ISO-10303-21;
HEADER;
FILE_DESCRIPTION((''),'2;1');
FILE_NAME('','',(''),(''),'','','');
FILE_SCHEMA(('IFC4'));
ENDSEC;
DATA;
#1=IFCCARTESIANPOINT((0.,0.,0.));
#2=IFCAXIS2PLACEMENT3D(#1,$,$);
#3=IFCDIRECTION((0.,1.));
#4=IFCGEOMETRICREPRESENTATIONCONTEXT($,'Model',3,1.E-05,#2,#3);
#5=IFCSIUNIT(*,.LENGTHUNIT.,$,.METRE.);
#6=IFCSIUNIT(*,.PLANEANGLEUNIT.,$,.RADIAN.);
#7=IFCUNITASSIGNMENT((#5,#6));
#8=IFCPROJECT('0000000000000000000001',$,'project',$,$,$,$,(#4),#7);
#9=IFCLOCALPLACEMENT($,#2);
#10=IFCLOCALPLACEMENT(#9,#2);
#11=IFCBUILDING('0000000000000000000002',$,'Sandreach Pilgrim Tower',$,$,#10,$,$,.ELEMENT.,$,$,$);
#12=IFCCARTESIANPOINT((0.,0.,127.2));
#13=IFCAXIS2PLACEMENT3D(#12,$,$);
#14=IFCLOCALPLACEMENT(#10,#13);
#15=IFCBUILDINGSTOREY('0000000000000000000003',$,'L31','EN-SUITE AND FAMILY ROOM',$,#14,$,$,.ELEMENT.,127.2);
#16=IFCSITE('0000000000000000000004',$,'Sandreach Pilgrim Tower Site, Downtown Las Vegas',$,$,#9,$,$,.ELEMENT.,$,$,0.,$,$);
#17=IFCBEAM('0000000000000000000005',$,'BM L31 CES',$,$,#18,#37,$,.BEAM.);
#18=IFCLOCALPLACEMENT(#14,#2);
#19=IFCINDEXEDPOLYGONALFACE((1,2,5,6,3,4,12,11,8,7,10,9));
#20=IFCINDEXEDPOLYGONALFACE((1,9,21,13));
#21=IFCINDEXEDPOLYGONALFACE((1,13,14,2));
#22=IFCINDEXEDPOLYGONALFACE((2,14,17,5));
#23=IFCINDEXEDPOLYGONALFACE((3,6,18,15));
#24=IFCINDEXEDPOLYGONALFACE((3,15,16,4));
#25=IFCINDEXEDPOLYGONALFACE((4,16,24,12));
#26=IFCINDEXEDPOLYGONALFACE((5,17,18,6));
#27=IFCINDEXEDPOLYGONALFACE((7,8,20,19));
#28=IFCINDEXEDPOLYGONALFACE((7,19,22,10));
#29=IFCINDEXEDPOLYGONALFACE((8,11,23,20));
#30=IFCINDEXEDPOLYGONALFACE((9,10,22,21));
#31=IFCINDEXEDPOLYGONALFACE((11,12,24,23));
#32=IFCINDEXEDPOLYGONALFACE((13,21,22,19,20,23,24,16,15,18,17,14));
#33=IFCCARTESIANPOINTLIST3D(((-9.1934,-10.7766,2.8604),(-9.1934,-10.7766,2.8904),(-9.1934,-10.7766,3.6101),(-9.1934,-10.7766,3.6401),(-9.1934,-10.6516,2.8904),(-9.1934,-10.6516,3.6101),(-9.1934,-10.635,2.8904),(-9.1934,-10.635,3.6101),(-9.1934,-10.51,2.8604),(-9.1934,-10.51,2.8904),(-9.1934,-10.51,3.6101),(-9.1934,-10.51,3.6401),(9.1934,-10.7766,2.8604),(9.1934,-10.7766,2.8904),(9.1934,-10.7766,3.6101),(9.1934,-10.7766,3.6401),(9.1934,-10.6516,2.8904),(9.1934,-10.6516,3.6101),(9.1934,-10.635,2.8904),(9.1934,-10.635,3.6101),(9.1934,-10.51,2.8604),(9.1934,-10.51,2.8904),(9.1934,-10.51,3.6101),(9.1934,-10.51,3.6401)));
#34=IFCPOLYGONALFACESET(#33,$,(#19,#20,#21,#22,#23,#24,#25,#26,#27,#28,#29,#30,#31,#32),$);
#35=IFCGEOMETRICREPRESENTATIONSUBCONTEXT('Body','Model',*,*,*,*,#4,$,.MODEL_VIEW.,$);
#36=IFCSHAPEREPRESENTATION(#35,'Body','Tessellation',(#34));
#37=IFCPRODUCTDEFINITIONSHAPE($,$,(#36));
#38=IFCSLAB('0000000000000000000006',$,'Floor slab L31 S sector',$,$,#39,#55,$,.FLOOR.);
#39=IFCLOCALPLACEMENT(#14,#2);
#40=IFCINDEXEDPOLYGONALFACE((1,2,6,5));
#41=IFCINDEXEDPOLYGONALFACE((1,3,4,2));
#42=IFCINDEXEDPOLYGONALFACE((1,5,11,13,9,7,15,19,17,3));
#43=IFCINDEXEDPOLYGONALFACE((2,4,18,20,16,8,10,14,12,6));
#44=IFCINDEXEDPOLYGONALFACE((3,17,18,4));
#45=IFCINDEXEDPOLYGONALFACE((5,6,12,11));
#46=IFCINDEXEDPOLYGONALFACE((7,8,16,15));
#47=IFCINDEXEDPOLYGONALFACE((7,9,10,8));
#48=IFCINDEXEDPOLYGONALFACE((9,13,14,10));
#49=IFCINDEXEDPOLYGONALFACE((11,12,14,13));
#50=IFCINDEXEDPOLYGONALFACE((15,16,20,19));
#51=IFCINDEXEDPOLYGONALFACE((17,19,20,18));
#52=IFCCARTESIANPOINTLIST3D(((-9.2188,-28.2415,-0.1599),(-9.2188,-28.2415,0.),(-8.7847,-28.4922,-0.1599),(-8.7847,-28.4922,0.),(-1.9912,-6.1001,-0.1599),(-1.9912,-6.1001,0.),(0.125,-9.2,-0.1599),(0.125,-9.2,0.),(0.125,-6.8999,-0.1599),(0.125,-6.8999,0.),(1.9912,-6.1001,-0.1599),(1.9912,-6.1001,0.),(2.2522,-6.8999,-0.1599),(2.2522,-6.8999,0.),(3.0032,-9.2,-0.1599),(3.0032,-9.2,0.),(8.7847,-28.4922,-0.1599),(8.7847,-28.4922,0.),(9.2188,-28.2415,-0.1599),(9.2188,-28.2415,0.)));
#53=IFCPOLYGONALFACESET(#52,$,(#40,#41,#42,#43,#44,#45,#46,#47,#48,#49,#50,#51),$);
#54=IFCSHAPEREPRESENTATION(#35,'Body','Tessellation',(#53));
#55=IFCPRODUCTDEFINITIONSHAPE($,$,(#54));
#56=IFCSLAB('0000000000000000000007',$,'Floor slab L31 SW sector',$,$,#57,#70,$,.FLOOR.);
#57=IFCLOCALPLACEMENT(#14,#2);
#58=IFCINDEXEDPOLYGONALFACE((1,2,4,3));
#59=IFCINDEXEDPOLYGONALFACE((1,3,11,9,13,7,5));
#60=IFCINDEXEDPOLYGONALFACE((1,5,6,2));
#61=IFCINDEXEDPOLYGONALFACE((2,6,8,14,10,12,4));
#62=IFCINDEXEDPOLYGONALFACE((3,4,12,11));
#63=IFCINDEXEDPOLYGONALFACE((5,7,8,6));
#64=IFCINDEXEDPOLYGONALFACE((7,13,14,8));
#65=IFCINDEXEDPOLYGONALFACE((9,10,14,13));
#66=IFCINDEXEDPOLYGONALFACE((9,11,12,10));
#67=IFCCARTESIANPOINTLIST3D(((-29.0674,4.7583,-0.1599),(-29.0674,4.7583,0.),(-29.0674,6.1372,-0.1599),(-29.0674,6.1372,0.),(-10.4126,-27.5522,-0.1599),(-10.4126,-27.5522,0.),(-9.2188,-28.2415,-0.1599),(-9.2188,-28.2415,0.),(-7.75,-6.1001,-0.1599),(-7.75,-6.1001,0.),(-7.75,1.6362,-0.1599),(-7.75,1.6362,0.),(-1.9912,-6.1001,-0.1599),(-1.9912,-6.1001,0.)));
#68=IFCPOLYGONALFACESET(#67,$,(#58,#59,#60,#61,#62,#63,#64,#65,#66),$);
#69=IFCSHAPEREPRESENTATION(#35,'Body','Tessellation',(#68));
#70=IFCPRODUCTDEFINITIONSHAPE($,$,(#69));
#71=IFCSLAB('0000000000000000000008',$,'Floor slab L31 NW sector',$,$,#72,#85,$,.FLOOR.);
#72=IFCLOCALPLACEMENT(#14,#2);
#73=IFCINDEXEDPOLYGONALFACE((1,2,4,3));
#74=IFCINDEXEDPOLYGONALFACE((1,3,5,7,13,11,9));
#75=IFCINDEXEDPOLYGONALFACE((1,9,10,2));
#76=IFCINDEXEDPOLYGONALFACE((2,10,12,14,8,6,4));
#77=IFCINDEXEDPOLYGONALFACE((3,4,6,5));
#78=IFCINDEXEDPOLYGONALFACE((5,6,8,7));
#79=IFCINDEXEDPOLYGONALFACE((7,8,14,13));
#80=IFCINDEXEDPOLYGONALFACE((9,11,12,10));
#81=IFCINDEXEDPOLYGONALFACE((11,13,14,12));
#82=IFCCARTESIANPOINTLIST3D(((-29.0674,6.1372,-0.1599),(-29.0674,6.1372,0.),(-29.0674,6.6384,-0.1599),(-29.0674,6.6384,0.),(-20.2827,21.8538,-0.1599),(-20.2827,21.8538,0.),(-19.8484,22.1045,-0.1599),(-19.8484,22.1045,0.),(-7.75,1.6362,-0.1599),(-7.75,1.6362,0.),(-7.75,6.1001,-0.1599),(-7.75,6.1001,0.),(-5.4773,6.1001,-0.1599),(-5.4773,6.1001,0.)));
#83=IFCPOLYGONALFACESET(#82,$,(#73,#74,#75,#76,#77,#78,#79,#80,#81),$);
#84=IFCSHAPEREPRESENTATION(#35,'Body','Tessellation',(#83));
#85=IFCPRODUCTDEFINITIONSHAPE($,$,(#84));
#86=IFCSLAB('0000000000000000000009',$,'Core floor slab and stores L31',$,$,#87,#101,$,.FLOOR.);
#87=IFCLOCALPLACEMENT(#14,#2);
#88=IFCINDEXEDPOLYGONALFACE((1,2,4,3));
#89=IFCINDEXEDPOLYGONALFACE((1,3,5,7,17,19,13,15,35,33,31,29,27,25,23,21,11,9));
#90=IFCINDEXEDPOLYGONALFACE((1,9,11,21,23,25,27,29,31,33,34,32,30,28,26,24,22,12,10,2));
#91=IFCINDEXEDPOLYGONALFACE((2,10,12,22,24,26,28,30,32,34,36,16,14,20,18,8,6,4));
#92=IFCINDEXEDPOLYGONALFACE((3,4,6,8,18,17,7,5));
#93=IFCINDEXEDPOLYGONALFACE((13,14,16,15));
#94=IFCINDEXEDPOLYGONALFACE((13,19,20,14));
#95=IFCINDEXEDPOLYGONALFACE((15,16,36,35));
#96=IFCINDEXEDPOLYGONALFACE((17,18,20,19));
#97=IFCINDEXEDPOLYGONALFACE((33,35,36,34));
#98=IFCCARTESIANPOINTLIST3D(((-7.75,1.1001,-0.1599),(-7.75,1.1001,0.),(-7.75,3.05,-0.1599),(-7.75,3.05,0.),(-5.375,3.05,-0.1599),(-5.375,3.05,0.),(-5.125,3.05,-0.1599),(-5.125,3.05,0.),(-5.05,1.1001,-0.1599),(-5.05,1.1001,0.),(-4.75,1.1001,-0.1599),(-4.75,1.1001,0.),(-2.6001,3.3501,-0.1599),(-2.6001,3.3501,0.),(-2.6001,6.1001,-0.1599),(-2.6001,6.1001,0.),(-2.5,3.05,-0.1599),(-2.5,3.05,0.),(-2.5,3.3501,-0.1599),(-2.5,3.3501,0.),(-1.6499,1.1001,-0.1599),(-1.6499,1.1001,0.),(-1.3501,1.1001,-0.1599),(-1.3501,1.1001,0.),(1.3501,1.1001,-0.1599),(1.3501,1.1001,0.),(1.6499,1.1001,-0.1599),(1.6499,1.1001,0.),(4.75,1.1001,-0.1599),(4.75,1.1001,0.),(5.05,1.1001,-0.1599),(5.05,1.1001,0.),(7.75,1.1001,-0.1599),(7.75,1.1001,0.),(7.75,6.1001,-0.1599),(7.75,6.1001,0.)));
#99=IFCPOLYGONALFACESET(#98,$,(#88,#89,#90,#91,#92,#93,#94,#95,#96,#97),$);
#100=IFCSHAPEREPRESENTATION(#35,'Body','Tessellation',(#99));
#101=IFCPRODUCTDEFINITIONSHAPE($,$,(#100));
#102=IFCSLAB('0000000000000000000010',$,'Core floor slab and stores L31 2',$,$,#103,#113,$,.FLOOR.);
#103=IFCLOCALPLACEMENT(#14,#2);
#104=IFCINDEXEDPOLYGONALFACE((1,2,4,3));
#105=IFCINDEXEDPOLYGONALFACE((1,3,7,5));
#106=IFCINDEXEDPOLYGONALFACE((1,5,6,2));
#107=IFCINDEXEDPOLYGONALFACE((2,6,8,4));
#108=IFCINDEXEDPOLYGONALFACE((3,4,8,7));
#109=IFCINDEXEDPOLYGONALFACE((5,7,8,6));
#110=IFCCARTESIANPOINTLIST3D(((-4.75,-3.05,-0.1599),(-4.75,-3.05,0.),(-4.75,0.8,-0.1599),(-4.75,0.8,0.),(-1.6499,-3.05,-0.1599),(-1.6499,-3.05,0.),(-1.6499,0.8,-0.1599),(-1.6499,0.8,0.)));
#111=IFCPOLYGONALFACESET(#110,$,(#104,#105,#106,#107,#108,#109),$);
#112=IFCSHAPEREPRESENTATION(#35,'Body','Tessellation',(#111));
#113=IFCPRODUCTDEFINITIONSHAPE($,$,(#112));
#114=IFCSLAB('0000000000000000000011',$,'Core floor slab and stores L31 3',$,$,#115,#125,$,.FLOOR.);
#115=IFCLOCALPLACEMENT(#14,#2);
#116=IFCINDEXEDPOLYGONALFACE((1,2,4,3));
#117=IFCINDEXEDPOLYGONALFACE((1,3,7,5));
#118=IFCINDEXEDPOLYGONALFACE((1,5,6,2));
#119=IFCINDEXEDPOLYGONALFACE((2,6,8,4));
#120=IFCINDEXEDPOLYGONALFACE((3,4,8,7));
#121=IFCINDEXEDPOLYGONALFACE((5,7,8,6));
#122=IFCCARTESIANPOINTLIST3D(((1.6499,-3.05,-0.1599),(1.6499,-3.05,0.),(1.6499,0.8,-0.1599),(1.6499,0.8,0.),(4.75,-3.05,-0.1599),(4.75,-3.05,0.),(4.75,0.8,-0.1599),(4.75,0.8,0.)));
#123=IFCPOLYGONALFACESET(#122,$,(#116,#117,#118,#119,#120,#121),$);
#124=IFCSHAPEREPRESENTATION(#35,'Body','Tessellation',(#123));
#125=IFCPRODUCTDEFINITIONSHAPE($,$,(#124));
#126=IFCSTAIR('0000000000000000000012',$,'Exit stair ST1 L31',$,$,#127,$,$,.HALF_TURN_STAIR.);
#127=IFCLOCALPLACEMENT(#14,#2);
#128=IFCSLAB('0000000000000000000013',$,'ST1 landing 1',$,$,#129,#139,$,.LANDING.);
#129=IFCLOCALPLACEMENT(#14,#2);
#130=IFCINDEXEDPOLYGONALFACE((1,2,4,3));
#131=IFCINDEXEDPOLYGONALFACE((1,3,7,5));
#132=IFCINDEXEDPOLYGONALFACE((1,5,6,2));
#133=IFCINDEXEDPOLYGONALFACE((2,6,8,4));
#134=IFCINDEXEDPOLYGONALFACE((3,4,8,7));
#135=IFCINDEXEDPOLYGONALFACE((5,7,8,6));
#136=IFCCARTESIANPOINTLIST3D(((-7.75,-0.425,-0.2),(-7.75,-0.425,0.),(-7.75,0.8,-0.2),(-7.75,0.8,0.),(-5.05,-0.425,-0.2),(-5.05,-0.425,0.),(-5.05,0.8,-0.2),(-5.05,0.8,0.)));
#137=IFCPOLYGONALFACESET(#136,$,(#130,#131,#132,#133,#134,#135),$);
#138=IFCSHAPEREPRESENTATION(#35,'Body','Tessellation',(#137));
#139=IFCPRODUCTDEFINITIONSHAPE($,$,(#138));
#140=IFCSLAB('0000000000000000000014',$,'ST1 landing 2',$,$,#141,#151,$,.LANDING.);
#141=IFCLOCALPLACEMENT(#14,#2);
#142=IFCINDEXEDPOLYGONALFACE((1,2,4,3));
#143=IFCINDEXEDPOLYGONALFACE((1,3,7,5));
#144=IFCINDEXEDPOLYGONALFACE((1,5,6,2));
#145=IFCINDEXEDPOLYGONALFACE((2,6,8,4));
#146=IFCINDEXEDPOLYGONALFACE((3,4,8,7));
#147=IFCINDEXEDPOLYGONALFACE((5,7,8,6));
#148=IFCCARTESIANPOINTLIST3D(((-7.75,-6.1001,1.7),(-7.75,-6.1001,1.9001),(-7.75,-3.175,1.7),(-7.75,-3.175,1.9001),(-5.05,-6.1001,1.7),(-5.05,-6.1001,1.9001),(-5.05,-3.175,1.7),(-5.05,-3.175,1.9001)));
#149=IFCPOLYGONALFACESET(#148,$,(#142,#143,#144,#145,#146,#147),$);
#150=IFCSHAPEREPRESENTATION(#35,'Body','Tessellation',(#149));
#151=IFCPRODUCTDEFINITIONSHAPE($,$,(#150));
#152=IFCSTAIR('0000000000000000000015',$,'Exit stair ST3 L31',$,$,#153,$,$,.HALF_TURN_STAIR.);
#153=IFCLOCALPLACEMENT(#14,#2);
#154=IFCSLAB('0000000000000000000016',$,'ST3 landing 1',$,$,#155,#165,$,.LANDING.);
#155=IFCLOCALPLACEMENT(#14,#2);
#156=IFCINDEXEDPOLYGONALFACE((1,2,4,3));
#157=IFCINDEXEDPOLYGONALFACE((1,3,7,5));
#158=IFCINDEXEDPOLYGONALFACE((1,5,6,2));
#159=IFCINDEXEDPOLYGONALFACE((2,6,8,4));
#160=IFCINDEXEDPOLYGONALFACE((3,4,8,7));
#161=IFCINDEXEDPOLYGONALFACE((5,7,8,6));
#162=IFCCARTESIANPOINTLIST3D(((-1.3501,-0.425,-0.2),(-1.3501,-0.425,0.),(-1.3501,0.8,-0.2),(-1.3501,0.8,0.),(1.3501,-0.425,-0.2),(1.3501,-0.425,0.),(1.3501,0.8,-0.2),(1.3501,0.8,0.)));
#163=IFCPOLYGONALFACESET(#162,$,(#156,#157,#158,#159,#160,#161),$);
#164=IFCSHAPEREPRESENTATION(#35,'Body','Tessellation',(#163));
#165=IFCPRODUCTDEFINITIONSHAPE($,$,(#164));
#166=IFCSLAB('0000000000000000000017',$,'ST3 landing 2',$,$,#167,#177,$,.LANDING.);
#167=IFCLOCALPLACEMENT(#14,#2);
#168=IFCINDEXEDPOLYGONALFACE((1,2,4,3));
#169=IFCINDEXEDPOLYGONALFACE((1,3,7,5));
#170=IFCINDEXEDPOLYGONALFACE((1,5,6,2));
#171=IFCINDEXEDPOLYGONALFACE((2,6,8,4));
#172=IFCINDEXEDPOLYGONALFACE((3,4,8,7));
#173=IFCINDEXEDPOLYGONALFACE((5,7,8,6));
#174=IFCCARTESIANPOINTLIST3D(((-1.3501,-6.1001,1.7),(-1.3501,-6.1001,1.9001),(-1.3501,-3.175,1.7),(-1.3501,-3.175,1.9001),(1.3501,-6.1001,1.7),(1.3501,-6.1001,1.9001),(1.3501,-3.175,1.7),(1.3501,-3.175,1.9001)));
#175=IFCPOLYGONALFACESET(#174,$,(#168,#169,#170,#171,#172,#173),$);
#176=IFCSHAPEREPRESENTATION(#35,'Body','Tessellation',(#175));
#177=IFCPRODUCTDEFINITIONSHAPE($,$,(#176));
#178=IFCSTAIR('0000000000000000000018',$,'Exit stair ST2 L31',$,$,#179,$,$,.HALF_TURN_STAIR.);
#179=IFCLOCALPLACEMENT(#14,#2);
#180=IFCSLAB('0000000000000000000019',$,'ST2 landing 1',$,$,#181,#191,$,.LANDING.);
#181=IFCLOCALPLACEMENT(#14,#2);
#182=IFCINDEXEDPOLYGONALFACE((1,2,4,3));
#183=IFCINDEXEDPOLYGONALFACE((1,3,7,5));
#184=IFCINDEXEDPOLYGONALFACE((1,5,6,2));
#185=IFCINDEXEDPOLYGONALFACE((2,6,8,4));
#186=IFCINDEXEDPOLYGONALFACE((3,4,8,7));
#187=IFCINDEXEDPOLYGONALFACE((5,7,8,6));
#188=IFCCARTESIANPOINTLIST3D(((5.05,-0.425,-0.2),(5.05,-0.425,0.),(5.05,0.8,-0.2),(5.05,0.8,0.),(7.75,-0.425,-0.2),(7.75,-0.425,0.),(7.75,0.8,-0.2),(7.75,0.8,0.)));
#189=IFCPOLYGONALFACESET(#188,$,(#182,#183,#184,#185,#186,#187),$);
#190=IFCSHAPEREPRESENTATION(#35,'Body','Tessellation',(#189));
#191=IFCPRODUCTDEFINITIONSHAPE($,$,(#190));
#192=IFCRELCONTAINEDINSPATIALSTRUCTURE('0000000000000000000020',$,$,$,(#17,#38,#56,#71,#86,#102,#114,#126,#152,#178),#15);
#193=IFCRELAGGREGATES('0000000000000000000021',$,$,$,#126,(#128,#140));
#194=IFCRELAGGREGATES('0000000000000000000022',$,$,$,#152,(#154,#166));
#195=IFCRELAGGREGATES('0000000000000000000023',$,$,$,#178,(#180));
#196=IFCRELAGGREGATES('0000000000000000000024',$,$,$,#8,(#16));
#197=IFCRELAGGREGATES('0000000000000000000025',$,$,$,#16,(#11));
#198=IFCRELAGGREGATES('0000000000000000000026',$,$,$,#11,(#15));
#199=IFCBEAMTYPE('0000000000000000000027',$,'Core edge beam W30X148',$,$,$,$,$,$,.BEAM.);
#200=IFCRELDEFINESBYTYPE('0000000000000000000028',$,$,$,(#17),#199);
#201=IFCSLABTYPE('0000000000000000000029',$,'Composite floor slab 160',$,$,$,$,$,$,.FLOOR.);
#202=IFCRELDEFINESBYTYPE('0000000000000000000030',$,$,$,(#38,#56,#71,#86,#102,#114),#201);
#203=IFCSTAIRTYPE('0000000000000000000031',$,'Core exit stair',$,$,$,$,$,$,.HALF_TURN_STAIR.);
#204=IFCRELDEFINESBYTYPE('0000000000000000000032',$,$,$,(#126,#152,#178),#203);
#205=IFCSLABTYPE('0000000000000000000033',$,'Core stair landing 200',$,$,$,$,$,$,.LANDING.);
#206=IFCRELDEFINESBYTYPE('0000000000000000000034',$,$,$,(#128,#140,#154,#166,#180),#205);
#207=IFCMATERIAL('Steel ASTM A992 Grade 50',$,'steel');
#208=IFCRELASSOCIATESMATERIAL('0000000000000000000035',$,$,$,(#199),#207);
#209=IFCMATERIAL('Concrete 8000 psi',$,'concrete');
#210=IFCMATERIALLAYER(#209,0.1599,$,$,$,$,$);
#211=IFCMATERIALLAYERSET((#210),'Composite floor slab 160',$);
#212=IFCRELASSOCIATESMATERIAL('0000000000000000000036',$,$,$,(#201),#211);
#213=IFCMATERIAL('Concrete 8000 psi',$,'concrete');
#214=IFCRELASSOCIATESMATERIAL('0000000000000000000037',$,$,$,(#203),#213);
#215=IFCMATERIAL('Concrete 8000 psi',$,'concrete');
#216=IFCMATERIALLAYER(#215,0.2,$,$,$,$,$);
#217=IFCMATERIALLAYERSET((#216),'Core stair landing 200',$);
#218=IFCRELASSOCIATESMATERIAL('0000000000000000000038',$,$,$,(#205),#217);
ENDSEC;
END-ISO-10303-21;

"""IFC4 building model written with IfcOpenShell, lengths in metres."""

from ifc_helpers import new_model, si_unit, direction, frame, origin, origin_2d, place, context, subcontext, project, spatial, polyline, i_section, outline, extrude, material, layer, layer_set, material_profile, profile_set, type_object, element, aggregate, save


model = new_model("IFC4")

# Units and contexts
model_context = context("Model", 3, precision=1e-05, world=origin(), true_north=direction((0.0, 1.0)))
body_context = subcontext(model_context, "Body", "Model", "MODEL_VIEW")
ifc_project = project(units=[si_unit("LENGTHUNIT", "METRE"), si_unit("PLANEANGLEUNIT", "RADIAN")], contexts=[model_context])

# Site, building, storey
site_placement = place(None, origin())
site = spatial("IfcSite", under=ifc_project, at=site_placement, Name="Sandreach Pilgrim Tower Site, Downtown Las Vegas", CompositionType="ELEMENT", RefElevation=0.0)
building_placement = place(site_placement, origin())
building = spatial("IfcBuilding", under=site, at=building_placement, Name="Sandreach Pilgrim Tower", CompositionType="ELEMENT")
storey_placement = place(building_placement, frame((0.0, 0.0, 127.2)))
storey = spatial("IfcBuildingStorey", under=building, at=storey_placement, Name="L31", Description="EN-SUITE AND FAMILY ROOM", CompositionType="ELEMENT", Elevation=127.2)

# Beam
ifc_material_1 = material(Name="Steel ASTM A992 Grade 50", Category="steel")
ifc_material_profile = material_profile(ifc_material_1, i_section(OverallWidth=0.2666, OverallDepth=0.7798, WebThickness=0.0166, FlangeThickness=0.03, at=origin_2d()), Name="W30X148")
ifc_profile_set = profile_set([ifc_material_profile], Name="Steel ASTM A992 Grade 50")
beam_type = type_object("IfcBeamType", Name="Core edge beam W30X148", PredefinedType="BEAM", material=ifc_profile_set)
beam_placement = place(storey_placement, frame((9.1934, -10.6433, 3.2502), z_axis=(-1.0, 0.0, 0.0), x_axis=(0.0, -1.0, 0.0)))
element("IfcBeam", 1, at=beam_placement, inside=storey, type_object=beam_type, Name="BM L31 CES", PredefinedType="BEAM", context=body_context, shape_type="SweptSolid", body=[
    extrude(i_section(OverallWidth=0.2666, OverallDepth=0.7798, WebThickness=0.0166, FlangeThickness=0.03, at=origin_2d()), origin(), (0.0, 0.0, 1.0), 18.3867),
])

# Slabs
ifc_material_2 = material(Name="Concrete 8000 psi", Category="concrete")
ifc_layer_1 = layer(ifc_material_2, 0.1599)
ifc_layer_set_1 = layer_set([ifc_layer_1], Name="Composite floor slab 160")
slab_type_1 = type_object("IfcSlabType", Name="Composite floor slab 160", PredefinedType="FLOOR", material=ifc_layer_set_1)
slab_1_placement = place(storey_placement, frame((0.0, 0.0, -0.1599)))
element("IfcSlab", 2, at=slab_1_placement, inside=storey, type_object=slab_type_1, Name="Floor slab L31 S sector", PredefinedType="FLOOR", context=body_context, shape_type="SweptSolid", body=[
    extrude(outline(polyline([(8.7847, -28.4922), (-8.7847, -28.4922), (-9.2188, -28.2415), (-1.9912, -6.1001), (1.9912, -6.1001), (2.2522, -6.8999), (0.125, -6.8999), (0.125, -9.2), (3.0032, -9.2), (9.2188, -28.2415), (8.7847, -28.4922)])), origin(), (0.0, 0.0, 1.0), 0.1599),
])
slab_2_placement = place(storey_placement, frame((0.0, 0.0, -0.1599)))
element("IfcSlab", 3, at=slab_2_placement, inside=storey, type_object=slab_type_1, Name="Floor slab L31 SW sector", PredefinedType="FLOOR", context=body_context, shape_type="SweptSolid", body=[
    extrude(outline(polyline([(-10.4126, -27.5522), (-29.0674, 4.7583), (-29.0674, 6.1372), (-7.75, 1.6362), (-7.75, -6.1001), (-1.9912, -6.1001), (-9.2188, -28.2415), (-10.4126, -27.5522)])), origin(), (0.0, 0.0, 1.0), 0.1599),
])
slab_3_placement = place(storey_placement, frame((0.0, 0.0, -0.1599)))
element("IfcSlab", 4, at=slab_3_placement, inside=storey, type_object=slab_type_1, Name="Floor slab L31 NW sector", PredefinedType="FLOOR", context=body_context, shape_type="SweptSolid", body=[
    extrude(outline(polyline([(-29.0674, 6.6384), (-20.2827, 21.8538), (-19.8484, 22.1045), (-5.4773, 6.1001), (-7.75, 6.1001), (-7.75, 1.6362), (-29.0674, 6.1372), (-29.0674, 6.6384)])), origin(), (0.0, 0.0, 1.0), 0.1599),
])
slab_4_placement = place(storey_placement, frame((0.0, 0.0, -0.1599)))
element("IfcSlab", 5, at=slab_4_placement, inside=storey, type_object=slab_type_1, Name="Core floor slab and stores L31", PredefinedType="FLOOR", context=body_context, shape_type="SweptSolid", body=[
    extrude(outline(polyline([(-7.75, 3.05), (-5.375, 3.05), (-5.125, 3.05), (-2.5, 3.05), (-2.5, 3.3501), (-2.6001, 3.3501), (-2.6001, 6.1001), (7.75, 6.1001), (7.75, 1.1001), (5.05, 1.1001), (4.75, 1.1001), (1.6499, 1.1001), (1.3501, 1.1001), (-1.3501, 1.1001), (-1.6499, 1.1001), (-4.75, 1.1001), (-5.05, 1.1001), (-7.75, 1.1001), (-7.75, 3.05)])), origin(), (0.0, 0.0, 1.0), 0.1599),
])
slab_5_placement = place(storey_placement, frame((0.0, 0.0, -0.1599)))
element("IfcSlab", 6, at=slab_5_placement, inside=storey, type_object=slab_type_1, Name="Core floor slab and stores L31 2", PredefinedType="FLOOR", context=body_context, shape_type="SweptSolid", body=[
    extrude(outline(polyline([(-1.6499, -3.05), (-4.75, -3.05), (-4.75, 0.8), (-1.6499, 0.8), (-1.6499, -3.05)])), origin(), (0.0, 0.0, 1.0), 0.1599),
])
slab_6_placement = place(storey_placement, frame((0.0, 0.0, -0.1599)))
element("IfcSlab", 7, at=slab_6_placement, inside=storey, type_object=slab_type_1, Name="Core floor slab and stores L31 3", PredefinedType="FLOOR", context=body_context, shape_type="SweptSolid", body=[
    extrude(outline(polyline([(4.75, -3.05), (1.6499, -3.05), (1.6499, 0.8), (4.75, 0.8), (4.75, -3.05)])), origin(), (0.0, 0.0, 1.0), 0.1599),
])

# Stairs, slabs
ifc_material_3 = material(Name="Concrete 8000 psi", Category="concrete")
stair_type = type_object("IfcStairType", Name="Core exit stair", PredefinedType="HALF_TURN_STAIR", material=ifc_material_3)
stair_1_placement = place(storey_placement, origin())
stair_1 = element("IfcStair", 8, at=stair_1_placement, inside=storey, type_object=stair_type, Name="Exit stair ST1 L31", PredefinedType="HALF_TURN_STAIR")
ifc_material_4 = material(Name="Concrete 8000 psi", Category="concrete")
ifc_layer_2 = layer(ifc_material_4, 0.2)
ifc_layer_set_2 = layer_set([ifc_layer_2], Name="Core stair landing 200")
slab_type_2 = type_object("IfcSlabType", Name="Core stair landing 200", PredefinedType="LANDING", material=ifc_layer_set_2)
slab_7_placement = place(storey_placement, frame((0.0, 0.0, -0.2)))
slab_7 = element("IfcSlab", 9, at=slab_7_placement, type_object=slab_type_2, Name="ST1 landing 1", PredefinedType="LANDING", context=body_context, shape_type="SweptSolid", body=[
    extrude(outline(polyline([(-7.75, -0.425), (-5.05, -0.425), (-5.05, 0.8), (-7.75, 0.8), (-7.75, -0.425)])), origin(), (0.0, 0.0, 1.0), 0.2),
])
slab_8_placement = place(storey_placement, frame((0.0, 0.0, 1.7)))
slab_8 = element("IfcSlab", 10, at=slab_8_placement, type_object=slab_type_2, Name="ST1 landing 2", PredefinedType="LANDING", context=body_context, shape_type="SweptSolid", body=[
    extrude(outline(polyline([(-7.75, -6.1001), (-5.05, -6.1001), (-5.05, -3.175), (-7.75, -3.175), (-7.75, -6.1001)])), origin(), (0.0, 0.0, 1.0), 0.2002),
])
aggregate(stair_1, [slab_7, slab_8])
stair_2_placement = place(storey_placement, origin())
stair_2 = element("IfcStair", 11, at=stair_2_placement, inside=storey, type_object=stair_type, Name="Exit stair ST3 L31", PredefinedType="HALF_TURN_STAIR")
slab_9_placement = place(storey_placement, frame((0.0, 0.0, -0.2)))
slab_9 = element("IfcSlab", 12, at=slab_9_placement, type_object=slab_type_2, Name="ST3 landing 1", PredefinedType="LANDING", context=body_context, shape_type="SweptSolid", body=[
    extrude(outline(polyline([(-1.3501, -0.425), (1.3501, -0.425), (1.3501, 0.8), (-1.3501, 0.8), (-1.3501, -0.425)])), origin(), (0.0, 0.0, 1.0), 0.2),
])
slab_10_placement = place(storey_placement, frame((0.0, 0.0, 1.7)))
slab_10 = element("IfcSlab", 13, at=slab_10_placement, type_object=slab_type_2, Name="ST3 landing 2", PredefinedType="LANDING", context=body_context, shape_type="SweptSolid", body=[
    extrude(outline(polyline([(-1.3501, -6.1001), (1.3501, -6.1001), (1.3501, -3.175), (-1.3501, -3.175), (-1.3501, -6.1001)])), origin(), (0.0, 0.0, 1.0), 0.2002),
])
stair_3_placement = place(storey_placement, origin())
stair_3 = element("IfcStair", 14, at=stair_3_placement, inside=storey, type_object=stair_type, Name="Exit stair ST2 L31", PredefinedType="HALF_TURN_STAIR")
slab_11_placement = place(storey_placement, frame((0.0, 0.0, -0.2)))
slab_11 = element("IfcSlab", 15, at=slab_11_placement, type_object=slab_type_2, Name="ST2 landing 1", PredefinedType="LANDING", context=body_context, shape_type="SweptSolid", body=[
    extrude(outline(polyline([(5.05, -0.425), (7.75, -0.425), (7.75, 0.8), (5.05, 0.8), (5.05, -0.425)])), origin(), (0.0, 0.0, 1.0), 0.2),
])

aggregate(stair_2, [slab_9, slab_10])
aggregate(stair_3, [slab_11])

save(model, "model.ifc")
